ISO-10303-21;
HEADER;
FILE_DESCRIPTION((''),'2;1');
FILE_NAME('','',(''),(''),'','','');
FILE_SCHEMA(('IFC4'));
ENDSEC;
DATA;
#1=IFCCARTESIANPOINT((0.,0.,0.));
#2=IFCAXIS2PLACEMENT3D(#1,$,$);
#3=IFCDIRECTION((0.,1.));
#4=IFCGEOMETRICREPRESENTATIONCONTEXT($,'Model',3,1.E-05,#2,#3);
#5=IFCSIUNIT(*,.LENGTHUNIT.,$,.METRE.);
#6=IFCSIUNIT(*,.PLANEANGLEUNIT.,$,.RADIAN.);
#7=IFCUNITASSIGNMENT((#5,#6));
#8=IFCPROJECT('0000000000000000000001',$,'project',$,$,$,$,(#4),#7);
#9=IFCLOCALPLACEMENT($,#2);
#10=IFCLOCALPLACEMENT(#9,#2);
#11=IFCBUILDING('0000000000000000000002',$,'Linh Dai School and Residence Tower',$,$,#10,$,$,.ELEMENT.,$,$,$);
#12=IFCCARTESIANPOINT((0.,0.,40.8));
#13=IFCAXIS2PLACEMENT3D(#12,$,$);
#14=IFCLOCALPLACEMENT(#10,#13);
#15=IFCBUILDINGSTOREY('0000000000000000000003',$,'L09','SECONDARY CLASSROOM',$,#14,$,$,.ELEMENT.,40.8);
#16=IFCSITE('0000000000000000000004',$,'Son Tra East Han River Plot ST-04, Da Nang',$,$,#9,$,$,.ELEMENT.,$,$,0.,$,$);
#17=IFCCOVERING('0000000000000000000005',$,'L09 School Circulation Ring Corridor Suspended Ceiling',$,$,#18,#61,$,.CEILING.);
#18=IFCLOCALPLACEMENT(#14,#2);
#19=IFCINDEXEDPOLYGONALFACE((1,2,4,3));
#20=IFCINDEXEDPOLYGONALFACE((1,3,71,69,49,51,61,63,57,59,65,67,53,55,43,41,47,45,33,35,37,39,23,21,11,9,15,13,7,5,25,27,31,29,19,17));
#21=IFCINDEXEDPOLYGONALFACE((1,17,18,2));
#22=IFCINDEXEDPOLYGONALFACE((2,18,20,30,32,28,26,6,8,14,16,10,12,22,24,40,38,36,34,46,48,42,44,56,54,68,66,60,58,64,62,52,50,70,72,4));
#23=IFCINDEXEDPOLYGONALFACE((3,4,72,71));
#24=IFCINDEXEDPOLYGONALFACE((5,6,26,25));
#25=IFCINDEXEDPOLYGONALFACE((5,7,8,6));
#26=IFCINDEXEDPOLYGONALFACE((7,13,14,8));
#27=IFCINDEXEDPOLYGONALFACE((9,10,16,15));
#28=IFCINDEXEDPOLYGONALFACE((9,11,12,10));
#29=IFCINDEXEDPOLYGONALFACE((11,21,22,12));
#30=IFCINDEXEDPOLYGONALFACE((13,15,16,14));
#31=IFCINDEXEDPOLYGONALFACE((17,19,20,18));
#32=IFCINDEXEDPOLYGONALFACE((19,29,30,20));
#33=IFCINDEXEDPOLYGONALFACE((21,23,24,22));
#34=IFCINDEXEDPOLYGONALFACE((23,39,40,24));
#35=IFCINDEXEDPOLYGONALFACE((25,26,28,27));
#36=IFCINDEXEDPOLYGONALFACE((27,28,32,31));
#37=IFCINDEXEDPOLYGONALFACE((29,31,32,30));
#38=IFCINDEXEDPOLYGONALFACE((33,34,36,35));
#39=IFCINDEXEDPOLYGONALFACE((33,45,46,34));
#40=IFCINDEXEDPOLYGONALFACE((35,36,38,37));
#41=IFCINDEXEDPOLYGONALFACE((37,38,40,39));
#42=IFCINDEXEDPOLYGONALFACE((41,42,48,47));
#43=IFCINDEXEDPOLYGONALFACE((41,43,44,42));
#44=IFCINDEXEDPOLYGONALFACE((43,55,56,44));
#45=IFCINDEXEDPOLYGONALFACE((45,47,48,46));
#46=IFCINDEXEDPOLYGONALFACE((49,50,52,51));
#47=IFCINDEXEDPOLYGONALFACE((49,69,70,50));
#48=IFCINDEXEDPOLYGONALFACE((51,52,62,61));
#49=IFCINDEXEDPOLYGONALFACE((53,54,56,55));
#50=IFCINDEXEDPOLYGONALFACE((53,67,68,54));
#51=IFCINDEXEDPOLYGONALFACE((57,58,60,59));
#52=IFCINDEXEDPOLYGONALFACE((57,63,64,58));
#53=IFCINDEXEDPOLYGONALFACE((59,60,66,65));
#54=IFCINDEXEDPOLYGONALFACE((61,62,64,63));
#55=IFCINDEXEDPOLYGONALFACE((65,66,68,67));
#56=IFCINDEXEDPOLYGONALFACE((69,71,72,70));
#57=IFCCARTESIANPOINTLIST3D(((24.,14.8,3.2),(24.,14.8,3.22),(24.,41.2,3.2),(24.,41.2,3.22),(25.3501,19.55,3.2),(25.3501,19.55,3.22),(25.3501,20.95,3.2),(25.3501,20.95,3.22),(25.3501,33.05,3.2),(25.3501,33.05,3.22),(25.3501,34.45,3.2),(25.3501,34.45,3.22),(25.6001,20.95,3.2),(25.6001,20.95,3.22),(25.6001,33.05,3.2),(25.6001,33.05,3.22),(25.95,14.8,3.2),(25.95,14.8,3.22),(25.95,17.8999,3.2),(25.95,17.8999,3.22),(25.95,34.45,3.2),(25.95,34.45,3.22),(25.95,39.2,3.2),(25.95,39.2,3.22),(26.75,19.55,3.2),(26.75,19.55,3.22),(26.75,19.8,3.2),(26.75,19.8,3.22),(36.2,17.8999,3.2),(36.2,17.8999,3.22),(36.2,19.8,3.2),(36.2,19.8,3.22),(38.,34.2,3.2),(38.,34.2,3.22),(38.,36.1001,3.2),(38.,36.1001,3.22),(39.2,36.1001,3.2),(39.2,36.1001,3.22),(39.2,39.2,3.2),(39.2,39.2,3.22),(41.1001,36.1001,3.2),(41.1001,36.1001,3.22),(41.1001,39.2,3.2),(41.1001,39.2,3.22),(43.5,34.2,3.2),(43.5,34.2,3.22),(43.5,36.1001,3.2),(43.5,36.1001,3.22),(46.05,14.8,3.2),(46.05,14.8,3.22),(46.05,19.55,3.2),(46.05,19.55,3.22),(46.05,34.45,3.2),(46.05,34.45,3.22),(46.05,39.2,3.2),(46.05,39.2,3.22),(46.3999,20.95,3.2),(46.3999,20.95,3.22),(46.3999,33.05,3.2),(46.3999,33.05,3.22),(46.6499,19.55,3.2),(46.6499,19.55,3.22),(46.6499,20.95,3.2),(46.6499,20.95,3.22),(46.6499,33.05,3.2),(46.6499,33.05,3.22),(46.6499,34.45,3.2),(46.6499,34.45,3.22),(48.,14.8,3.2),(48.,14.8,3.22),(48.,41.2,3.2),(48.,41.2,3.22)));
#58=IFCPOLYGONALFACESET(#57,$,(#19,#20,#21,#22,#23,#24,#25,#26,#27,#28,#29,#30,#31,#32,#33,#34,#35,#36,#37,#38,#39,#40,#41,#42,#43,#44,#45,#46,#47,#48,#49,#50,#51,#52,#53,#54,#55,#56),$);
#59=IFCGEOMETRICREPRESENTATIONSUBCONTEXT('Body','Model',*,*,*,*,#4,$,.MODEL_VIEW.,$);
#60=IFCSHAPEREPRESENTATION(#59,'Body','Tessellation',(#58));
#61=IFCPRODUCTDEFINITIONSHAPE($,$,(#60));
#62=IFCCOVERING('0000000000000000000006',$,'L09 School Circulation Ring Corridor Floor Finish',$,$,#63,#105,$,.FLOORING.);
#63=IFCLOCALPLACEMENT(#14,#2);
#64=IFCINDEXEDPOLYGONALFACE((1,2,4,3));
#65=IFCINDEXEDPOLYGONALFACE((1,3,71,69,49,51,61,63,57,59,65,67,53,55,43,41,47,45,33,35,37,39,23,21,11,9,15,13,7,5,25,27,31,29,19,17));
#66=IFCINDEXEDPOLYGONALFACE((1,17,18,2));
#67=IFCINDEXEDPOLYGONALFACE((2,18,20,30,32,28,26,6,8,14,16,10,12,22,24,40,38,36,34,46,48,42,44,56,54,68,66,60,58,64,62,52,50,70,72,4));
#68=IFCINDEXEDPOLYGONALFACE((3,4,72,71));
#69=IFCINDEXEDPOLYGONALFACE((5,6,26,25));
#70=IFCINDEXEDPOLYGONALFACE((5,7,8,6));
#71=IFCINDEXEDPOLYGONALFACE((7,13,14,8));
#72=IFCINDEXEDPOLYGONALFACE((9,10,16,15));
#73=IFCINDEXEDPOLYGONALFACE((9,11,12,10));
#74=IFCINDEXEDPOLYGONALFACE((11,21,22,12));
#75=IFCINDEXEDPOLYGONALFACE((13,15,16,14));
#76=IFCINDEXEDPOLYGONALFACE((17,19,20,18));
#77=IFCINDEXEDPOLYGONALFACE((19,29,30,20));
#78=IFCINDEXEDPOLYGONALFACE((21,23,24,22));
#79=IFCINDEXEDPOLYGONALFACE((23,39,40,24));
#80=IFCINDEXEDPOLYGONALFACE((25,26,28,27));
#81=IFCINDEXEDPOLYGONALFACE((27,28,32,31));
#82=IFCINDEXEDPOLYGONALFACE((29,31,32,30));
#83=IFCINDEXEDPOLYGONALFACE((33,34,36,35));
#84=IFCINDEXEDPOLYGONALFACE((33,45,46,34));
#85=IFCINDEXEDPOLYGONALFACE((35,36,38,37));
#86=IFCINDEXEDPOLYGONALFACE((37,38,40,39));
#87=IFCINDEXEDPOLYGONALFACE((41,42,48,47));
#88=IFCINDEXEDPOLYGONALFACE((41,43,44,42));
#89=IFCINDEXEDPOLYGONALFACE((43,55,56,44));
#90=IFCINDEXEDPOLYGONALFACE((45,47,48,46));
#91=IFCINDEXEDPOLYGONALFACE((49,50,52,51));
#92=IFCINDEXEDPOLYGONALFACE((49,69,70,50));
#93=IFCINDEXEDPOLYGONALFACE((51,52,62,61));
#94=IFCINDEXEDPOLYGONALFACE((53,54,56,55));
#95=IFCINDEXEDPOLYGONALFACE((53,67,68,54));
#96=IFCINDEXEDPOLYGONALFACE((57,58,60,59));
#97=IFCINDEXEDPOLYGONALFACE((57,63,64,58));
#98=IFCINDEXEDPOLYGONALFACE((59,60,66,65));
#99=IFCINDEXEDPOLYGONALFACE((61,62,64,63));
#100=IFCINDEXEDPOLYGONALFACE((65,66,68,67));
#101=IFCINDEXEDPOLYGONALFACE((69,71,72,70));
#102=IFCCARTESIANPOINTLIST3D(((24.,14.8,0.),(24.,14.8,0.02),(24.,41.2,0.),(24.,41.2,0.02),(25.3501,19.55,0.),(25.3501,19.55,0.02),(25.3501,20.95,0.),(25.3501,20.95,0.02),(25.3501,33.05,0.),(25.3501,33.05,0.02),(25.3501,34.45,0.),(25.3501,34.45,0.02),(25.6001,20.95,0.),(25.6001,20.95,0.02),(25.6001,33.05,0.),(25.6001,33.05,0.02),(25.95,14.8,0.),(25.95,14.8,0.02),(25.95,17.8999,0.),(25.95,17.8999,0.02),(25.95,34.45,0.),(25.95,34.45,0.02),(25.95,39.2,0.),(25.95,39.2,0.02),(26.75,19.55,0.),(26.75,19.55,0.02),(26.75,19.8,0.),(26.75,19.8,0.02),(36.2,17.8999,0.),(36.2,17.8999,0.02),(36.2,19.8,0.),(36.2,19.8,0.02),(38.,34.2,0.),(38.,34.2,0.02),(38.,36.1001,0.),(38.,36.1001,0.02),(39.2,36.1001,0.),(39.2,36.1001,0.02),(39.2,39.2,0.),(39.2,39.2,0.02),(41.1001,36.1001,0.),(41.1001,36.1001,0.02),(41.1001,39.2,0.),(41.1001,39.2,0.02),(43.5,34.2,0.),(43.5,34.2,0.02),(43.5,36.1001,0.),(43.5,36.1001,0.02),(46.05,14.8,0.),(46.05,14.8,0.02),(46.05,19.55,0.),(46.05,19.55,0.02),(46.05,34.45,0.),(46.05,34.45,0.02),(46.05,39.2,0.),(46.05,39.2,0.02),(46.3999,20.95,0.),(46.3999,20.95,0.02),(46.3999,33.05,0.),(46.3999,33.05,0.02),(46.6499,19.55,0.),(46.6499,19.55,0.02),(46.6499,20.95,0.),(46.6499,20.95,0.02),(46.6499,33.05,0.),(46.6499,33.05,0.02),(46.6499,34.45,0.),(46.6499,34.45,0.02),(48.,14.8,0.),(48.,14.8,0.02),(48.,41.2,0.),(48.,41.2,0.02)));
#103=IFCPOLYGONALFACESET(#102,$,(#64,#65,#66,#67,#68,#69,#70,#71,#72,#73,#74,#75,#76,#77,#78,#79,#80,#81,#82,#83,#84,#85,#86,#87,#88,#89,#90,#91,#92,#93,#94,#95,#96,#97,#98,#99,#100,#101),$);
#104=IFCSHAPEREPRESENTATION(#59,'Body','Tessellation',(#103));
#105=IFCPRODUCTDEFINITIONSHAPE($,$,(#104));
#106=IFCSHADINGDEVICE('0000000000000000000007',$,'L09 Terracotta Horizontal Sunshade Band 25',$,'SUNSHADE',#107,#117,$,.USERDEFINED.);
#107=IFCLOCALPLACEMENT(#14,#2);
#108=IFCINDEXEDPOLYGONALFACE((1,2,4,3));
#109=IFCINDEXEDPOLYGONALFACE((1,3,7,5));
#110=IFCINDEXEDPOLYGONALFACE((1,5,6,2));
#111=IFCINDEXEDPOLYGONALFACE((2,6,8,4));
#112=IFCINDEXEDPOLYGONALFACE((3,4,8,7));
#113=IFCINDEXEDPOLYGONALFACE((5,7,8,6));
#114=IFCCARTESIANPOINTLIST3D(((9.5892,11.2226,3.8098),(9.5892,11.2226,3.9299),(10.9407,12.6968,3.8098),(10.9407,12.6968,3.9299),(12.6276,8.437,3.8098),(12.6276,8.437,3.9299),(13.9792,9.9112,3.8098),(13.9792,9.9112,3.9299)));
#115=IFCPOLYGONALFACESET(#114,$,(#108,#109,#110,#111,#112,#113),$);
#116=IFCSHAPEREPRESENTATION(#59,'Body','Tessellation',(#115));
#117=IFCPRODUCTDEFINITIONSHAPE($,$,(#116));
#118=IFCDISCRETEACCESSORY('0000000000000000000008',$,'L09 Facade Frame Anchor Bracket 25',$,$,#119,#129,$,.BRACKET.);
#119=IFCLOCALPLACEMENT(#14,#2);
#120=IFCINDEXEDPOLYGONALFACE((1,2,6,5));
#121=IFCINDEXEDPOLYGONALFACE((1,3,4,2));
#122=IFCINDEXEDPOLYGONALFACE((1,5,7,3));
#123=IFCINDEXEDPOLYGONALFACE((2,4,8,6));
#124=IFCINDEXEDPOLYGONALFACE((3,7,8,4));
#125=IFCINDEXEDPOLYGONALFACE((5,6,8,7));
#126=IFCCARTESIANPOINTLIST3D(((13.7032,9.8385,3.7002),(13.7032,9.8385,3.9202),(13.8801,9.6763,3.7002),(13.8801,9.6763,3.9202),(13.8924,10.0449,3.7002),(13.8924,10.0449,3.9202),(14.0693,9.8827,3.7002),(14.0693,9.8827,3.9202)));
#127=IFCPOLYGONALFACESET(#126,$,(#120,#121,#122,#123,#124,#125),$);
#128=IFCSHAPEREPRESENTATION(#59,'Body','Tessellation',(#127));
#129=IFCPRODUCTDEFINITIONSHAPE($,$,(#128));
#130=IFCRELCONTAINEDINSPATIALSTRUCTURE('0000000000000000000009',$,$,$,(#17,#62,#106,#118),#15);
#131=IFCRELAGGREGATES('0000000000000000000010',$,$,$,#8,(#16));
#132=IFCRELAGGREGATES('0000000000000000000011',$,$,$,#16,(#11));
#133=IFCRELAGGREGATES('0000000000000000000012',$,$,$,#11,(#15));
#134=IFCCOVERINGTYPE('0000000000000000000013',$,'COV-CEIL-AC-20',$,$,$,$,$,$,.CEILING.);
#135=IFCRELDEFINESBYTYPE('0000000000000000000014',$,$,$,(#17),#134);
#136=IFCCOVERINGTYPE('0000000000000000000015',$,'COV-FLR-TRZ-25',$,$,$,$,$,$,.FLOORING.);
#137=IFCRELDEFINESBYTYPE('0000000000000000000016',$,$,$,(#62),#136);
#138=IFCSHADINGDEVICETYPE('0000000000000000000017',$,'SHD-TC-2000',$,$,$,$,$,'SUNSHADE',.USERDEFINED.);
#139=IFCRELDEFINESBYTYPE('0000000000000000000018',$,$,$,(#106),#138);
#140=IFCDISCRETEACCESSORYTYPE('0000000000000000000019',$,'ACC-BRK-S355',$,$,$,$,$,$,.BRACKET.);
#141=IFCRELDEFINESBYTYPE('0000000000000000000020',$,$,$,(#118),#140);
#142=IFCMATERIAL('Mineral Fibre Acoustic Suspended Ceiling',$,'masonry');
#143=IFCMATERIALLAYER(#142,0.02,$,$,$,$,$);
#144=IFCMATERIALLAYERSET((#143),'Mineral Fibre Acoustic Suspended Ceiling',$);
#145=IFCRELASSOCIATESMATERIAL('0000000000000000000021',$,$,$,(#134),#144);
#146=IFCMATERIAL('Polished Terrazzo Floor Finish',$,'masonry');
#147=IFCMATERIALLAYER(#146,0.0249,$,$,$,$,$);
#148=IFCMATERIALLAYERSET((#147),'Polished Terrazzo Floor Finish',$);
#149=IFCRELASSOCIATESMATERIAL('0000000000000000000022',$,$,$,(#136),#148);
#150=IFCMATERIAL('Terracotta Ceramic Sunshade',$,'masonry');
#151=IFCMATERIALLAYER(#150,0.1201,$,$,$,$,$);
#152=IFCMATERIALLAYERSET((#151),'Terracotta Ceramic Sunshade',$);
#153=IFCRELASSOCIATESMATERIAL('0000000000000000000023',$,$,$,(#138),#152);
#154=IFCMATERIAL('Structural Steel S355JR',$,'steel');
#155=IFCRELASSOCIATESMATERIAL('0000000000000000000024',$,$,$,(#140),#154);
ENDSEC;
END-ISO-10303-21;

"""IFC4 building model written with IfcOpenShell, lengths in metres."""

from ifc_helpers import new_model, si_unit, direction, frame, origin, origin_2d, place, context, subcontext, project, spatial, polyline, rectangle, outline, extrude, source, transform, mapped, material, layer, layer_set, type_object, element, save


model = new_model("IFC4")

# Units and contexts
model_context = context("Model", 3, precision=1e-05, world=origin(), true_north=direction((0.0, 1.0)))
body_context = subcontext(model_context, "Body", "Model", "MODEL_VIEW")
ifc_project = project(units=[si_unit("LENGTHUNIT", "METRE"), si_unit("PLANEANGLEUNIT", "RADIAN")], contexts=[model_context])

# Site, building, storey
site_placement = place(None, origin())
site = spatial("IfcSite", under=ifc_project, at=site_placement, Name="Son Tra East Han River Plot ST-04, Da Nang", CompositionType="ELEMENT", RefElevation=0.0)
building_placement = place(site_placement, origin())
building = spatial("IfcBuilding", under=site, at=building_placement, Name="Linh Dai School and Residence Tower", CompositionType="ELEMENT")
storey_placement = place(building_placement, frame((0.0, 0.0, 40.8)))
storey = spatial("IfcBuildingStorey", under=building, at=storey_placement, Name="L09", Description="SECONDARY CLASSROOM", CompositionType="ELEMENT", Elevation=40.8)

# Shared definitions
ifc_material_1 = material(Name="Structural Steel S355JR", Category="steel")

# Coverings
ifc_material_2 = material(Name="Mineral Fibre Acoustic Suspended Ceiling", Category="masonry")
ifc_layer_1 = layer(ifc_material_2, 0.02)
ifc_layer_set_1 = layer_set([ifc_layer_1], Name="Mineral Fibre Acoustic Suspended Ceiling")
covering_type_1 = type_object("IfcCoveringType", Name="COV-CEIL-AC-20", PredefinedType="CEILING", material=ifc_layer_set_1)
covering_1_placement = place(storey_placement, frame((0.0, 0.0, 3.2)))
element("IfcCovering", 1, at=covering_1_placement, inside=storey, type_object=covering_type_1, Name="L09 School Circulation Ring Corridor Suspended Ceiling", PredefinedType="CEILING", context=body_context, shape_type="SweptSolid", body=[
    extrude(outline(polyline([(24.0, 41.2), (48.0, 41.2), (48.0, 14.8), (46.05, 14.8), (46.05, 19.55), (46.6499, 19.55), (46.6499, 20.95), (46.3999, 20.95), (46.3999, 33.05), (46.6499, 33.05), (46.6499, 34.45), (46.05, 34.45), (46.05, 39.2), (41.1001, 39.2), (41.1001, 36.1001), (43.5, 36.1001), (43.5, 34.2), (38.0, 34.2), (38.0, 36.1001), (39.2, 36.1001), (39.2, 39.2), (25.95, 39.2), (25.95, 34.45), (25.3501, 34.45), (25.3501, 33.05), (25.6001, 33.05), (25.6001, 20.95), (25.3501, 20.95), (25.3501, 19.55), (26.75, 19.55), (26.75, 19.8), (36.2, 19.8), (36.2, 17.8999), (25.95, 17.8999), (25.95, 14.8), (24.0, 14.8), (24.0, 41.2)])), origin(), (0.0, 0.0, 1.0), 0.02),
])
ifc_material_3 = material(Name="Polished Terrazzo Floor Finish", Category="masonry")
ifc_layer_2 = layer(ifc_material_3, 0.0249)
ifc_layer_set_2 = layer_set([ifc_layer_2], Name="Polished Terrazzo Floor Finish")
covering_type_2 = type_object("IfcCoveringType", Name="COV-FLR-TRZ-25", PredefinedType="FLOORING", material=ifc_layer_set_2)
covering_2_placement = place(storey_placement, origin())
element("IfcCovering", 2, at=covering_2_placement, inside=storey, type_object=covering_type_2, Name="L09 School Circulation Ring Corridor Floor Finish", PredefinedType="FLOORING", context=body_context, shape_type="SweptSolid", body=[
    extrude(outline(polyline([(24.0, 41.2), (48.0, 41.2), (48.0, 14.8), (46.05, 14.8), (46.05, 19.55), (46.6499, 19.55), (46.6499, 20.95), (46.3999, 20.95), (46.3999, 33.05), (46.6499, 33.05), (46.6499, 34.45), (46.05, 34.45), (46.05, 39.2), (41.1001, 39.2), (41.1001, 36.1001), (43.5, 36.1001), (43.5, 34.2), (38.0, 34.2), (38.0, 36.1001), (39.2, 36.1001), (39.2, 39.2), (25.95, 39.2), (25.95, 34.45), (25.3501, 34.45), (25.3501, 33.05), (25.6001, 33.05), (25.6001, 20.95), (25.3501, 20.95), (25.3501, 19.55), (26.75, 19.55), (26.75, 19.8), (36.2, 19.8), (36.2, 17.8999), (25.95, 17.8999), (25.95, 14.8), (24.0, 14.8), (24.0, 41.2)])), origin(), (0.0, 0.0, 1.0), 0.02),
])

# Shading device
ifc_material_4 = material(Name="Terracotta Ceramic Sunshade", Category="masonry")
ifc_layer_3 = layer(ifc_material_4, 0.1201)
ifc_layer_set_3 = layer_set([ifc_layer_3], Name="Terracotta Ceramic Sunshade")
shading_device_type = type_object("IfcShadingDeviceType", Name="SHD-TC-2000", ElementType="SUNSHADE", PredefinedType="USERDEFINED", material=ifc_layer_set_3)
shared_shape_1 = source(origin(), body_context, "Body", "SweptSolid", [
    extrude(rectangle(XDim=4.1221, YDim=2.0, at=origin_2d()), origin(), (0.0, 0.0, 1.0), 0.1201),
])
shading_device_placement = place(storey_placement, frame((11.7842, 10.5669, 3.8098), z_axis=(0.0, 0.0, 1.0), x_axis=(-0.737113, 0.675769, 0.0)))
element("IfcShadingDevice", 3, at=shading_device_placement, inside=storey, type_object=shading_device_type, Name="L09 Terracotta Horizontal Sunshade Band 25", ObjectType="SUNSHADE", PredefinedType="USERDEFINED", context=body_context, shape_type="MappedRepresentation", body=[
    mapped(shared_shape_1, transform((0.0, 0.0, 0.0), x_axis=(1.0, 0.0, 0.0), y_axis=(0.0, 1.0, 0.0), z_axis=(0.0, 0.0, 1.0), scale=1.0)),
])

# Discrete accessory
discrete_accessory_type = type_object("IfcDiscreteAccessoryType", Name="ACC-BRK-S355", PredefinedType="BRACKET", material=ifc_material_1)
shared_shape_2 = source(origin(), body_context, "Body", "SweptSolid", [
    extrude(rectangle(XDim=0.28, YDim=0.24, at=origin_2d()), origin(), (0.0, 0.0, 1.0), 0.22),
])
discrete_accessory_placement = place(storey_placement, frame((13.8862, 9.8606, 3.7002), z_axis=(0.0, 0.0, 1.0), x_axis=(-0.675769, -0.737113, 0.0)))
element("IfcDiscreteAccessory", 4, at=discrete_accessory_placement, inside=storey, type_object=discrete_accessory_type, Name="L09 Facade Frame Anchor Bracket 25", PredefinedType="BRACKET", context=body_context, shape_type="MappedRepresentation", body=[
    mapped(shared_shape_2, transform((0.0, 0.0, 0.0), x_axis=(1.0, 0.0, 0.0), y_axis=(0.0, 1.0, 0.0), z_axis=(0.0, 0.0, 1.0), scale=1.0)),
])

save(model, "model.ifc")
